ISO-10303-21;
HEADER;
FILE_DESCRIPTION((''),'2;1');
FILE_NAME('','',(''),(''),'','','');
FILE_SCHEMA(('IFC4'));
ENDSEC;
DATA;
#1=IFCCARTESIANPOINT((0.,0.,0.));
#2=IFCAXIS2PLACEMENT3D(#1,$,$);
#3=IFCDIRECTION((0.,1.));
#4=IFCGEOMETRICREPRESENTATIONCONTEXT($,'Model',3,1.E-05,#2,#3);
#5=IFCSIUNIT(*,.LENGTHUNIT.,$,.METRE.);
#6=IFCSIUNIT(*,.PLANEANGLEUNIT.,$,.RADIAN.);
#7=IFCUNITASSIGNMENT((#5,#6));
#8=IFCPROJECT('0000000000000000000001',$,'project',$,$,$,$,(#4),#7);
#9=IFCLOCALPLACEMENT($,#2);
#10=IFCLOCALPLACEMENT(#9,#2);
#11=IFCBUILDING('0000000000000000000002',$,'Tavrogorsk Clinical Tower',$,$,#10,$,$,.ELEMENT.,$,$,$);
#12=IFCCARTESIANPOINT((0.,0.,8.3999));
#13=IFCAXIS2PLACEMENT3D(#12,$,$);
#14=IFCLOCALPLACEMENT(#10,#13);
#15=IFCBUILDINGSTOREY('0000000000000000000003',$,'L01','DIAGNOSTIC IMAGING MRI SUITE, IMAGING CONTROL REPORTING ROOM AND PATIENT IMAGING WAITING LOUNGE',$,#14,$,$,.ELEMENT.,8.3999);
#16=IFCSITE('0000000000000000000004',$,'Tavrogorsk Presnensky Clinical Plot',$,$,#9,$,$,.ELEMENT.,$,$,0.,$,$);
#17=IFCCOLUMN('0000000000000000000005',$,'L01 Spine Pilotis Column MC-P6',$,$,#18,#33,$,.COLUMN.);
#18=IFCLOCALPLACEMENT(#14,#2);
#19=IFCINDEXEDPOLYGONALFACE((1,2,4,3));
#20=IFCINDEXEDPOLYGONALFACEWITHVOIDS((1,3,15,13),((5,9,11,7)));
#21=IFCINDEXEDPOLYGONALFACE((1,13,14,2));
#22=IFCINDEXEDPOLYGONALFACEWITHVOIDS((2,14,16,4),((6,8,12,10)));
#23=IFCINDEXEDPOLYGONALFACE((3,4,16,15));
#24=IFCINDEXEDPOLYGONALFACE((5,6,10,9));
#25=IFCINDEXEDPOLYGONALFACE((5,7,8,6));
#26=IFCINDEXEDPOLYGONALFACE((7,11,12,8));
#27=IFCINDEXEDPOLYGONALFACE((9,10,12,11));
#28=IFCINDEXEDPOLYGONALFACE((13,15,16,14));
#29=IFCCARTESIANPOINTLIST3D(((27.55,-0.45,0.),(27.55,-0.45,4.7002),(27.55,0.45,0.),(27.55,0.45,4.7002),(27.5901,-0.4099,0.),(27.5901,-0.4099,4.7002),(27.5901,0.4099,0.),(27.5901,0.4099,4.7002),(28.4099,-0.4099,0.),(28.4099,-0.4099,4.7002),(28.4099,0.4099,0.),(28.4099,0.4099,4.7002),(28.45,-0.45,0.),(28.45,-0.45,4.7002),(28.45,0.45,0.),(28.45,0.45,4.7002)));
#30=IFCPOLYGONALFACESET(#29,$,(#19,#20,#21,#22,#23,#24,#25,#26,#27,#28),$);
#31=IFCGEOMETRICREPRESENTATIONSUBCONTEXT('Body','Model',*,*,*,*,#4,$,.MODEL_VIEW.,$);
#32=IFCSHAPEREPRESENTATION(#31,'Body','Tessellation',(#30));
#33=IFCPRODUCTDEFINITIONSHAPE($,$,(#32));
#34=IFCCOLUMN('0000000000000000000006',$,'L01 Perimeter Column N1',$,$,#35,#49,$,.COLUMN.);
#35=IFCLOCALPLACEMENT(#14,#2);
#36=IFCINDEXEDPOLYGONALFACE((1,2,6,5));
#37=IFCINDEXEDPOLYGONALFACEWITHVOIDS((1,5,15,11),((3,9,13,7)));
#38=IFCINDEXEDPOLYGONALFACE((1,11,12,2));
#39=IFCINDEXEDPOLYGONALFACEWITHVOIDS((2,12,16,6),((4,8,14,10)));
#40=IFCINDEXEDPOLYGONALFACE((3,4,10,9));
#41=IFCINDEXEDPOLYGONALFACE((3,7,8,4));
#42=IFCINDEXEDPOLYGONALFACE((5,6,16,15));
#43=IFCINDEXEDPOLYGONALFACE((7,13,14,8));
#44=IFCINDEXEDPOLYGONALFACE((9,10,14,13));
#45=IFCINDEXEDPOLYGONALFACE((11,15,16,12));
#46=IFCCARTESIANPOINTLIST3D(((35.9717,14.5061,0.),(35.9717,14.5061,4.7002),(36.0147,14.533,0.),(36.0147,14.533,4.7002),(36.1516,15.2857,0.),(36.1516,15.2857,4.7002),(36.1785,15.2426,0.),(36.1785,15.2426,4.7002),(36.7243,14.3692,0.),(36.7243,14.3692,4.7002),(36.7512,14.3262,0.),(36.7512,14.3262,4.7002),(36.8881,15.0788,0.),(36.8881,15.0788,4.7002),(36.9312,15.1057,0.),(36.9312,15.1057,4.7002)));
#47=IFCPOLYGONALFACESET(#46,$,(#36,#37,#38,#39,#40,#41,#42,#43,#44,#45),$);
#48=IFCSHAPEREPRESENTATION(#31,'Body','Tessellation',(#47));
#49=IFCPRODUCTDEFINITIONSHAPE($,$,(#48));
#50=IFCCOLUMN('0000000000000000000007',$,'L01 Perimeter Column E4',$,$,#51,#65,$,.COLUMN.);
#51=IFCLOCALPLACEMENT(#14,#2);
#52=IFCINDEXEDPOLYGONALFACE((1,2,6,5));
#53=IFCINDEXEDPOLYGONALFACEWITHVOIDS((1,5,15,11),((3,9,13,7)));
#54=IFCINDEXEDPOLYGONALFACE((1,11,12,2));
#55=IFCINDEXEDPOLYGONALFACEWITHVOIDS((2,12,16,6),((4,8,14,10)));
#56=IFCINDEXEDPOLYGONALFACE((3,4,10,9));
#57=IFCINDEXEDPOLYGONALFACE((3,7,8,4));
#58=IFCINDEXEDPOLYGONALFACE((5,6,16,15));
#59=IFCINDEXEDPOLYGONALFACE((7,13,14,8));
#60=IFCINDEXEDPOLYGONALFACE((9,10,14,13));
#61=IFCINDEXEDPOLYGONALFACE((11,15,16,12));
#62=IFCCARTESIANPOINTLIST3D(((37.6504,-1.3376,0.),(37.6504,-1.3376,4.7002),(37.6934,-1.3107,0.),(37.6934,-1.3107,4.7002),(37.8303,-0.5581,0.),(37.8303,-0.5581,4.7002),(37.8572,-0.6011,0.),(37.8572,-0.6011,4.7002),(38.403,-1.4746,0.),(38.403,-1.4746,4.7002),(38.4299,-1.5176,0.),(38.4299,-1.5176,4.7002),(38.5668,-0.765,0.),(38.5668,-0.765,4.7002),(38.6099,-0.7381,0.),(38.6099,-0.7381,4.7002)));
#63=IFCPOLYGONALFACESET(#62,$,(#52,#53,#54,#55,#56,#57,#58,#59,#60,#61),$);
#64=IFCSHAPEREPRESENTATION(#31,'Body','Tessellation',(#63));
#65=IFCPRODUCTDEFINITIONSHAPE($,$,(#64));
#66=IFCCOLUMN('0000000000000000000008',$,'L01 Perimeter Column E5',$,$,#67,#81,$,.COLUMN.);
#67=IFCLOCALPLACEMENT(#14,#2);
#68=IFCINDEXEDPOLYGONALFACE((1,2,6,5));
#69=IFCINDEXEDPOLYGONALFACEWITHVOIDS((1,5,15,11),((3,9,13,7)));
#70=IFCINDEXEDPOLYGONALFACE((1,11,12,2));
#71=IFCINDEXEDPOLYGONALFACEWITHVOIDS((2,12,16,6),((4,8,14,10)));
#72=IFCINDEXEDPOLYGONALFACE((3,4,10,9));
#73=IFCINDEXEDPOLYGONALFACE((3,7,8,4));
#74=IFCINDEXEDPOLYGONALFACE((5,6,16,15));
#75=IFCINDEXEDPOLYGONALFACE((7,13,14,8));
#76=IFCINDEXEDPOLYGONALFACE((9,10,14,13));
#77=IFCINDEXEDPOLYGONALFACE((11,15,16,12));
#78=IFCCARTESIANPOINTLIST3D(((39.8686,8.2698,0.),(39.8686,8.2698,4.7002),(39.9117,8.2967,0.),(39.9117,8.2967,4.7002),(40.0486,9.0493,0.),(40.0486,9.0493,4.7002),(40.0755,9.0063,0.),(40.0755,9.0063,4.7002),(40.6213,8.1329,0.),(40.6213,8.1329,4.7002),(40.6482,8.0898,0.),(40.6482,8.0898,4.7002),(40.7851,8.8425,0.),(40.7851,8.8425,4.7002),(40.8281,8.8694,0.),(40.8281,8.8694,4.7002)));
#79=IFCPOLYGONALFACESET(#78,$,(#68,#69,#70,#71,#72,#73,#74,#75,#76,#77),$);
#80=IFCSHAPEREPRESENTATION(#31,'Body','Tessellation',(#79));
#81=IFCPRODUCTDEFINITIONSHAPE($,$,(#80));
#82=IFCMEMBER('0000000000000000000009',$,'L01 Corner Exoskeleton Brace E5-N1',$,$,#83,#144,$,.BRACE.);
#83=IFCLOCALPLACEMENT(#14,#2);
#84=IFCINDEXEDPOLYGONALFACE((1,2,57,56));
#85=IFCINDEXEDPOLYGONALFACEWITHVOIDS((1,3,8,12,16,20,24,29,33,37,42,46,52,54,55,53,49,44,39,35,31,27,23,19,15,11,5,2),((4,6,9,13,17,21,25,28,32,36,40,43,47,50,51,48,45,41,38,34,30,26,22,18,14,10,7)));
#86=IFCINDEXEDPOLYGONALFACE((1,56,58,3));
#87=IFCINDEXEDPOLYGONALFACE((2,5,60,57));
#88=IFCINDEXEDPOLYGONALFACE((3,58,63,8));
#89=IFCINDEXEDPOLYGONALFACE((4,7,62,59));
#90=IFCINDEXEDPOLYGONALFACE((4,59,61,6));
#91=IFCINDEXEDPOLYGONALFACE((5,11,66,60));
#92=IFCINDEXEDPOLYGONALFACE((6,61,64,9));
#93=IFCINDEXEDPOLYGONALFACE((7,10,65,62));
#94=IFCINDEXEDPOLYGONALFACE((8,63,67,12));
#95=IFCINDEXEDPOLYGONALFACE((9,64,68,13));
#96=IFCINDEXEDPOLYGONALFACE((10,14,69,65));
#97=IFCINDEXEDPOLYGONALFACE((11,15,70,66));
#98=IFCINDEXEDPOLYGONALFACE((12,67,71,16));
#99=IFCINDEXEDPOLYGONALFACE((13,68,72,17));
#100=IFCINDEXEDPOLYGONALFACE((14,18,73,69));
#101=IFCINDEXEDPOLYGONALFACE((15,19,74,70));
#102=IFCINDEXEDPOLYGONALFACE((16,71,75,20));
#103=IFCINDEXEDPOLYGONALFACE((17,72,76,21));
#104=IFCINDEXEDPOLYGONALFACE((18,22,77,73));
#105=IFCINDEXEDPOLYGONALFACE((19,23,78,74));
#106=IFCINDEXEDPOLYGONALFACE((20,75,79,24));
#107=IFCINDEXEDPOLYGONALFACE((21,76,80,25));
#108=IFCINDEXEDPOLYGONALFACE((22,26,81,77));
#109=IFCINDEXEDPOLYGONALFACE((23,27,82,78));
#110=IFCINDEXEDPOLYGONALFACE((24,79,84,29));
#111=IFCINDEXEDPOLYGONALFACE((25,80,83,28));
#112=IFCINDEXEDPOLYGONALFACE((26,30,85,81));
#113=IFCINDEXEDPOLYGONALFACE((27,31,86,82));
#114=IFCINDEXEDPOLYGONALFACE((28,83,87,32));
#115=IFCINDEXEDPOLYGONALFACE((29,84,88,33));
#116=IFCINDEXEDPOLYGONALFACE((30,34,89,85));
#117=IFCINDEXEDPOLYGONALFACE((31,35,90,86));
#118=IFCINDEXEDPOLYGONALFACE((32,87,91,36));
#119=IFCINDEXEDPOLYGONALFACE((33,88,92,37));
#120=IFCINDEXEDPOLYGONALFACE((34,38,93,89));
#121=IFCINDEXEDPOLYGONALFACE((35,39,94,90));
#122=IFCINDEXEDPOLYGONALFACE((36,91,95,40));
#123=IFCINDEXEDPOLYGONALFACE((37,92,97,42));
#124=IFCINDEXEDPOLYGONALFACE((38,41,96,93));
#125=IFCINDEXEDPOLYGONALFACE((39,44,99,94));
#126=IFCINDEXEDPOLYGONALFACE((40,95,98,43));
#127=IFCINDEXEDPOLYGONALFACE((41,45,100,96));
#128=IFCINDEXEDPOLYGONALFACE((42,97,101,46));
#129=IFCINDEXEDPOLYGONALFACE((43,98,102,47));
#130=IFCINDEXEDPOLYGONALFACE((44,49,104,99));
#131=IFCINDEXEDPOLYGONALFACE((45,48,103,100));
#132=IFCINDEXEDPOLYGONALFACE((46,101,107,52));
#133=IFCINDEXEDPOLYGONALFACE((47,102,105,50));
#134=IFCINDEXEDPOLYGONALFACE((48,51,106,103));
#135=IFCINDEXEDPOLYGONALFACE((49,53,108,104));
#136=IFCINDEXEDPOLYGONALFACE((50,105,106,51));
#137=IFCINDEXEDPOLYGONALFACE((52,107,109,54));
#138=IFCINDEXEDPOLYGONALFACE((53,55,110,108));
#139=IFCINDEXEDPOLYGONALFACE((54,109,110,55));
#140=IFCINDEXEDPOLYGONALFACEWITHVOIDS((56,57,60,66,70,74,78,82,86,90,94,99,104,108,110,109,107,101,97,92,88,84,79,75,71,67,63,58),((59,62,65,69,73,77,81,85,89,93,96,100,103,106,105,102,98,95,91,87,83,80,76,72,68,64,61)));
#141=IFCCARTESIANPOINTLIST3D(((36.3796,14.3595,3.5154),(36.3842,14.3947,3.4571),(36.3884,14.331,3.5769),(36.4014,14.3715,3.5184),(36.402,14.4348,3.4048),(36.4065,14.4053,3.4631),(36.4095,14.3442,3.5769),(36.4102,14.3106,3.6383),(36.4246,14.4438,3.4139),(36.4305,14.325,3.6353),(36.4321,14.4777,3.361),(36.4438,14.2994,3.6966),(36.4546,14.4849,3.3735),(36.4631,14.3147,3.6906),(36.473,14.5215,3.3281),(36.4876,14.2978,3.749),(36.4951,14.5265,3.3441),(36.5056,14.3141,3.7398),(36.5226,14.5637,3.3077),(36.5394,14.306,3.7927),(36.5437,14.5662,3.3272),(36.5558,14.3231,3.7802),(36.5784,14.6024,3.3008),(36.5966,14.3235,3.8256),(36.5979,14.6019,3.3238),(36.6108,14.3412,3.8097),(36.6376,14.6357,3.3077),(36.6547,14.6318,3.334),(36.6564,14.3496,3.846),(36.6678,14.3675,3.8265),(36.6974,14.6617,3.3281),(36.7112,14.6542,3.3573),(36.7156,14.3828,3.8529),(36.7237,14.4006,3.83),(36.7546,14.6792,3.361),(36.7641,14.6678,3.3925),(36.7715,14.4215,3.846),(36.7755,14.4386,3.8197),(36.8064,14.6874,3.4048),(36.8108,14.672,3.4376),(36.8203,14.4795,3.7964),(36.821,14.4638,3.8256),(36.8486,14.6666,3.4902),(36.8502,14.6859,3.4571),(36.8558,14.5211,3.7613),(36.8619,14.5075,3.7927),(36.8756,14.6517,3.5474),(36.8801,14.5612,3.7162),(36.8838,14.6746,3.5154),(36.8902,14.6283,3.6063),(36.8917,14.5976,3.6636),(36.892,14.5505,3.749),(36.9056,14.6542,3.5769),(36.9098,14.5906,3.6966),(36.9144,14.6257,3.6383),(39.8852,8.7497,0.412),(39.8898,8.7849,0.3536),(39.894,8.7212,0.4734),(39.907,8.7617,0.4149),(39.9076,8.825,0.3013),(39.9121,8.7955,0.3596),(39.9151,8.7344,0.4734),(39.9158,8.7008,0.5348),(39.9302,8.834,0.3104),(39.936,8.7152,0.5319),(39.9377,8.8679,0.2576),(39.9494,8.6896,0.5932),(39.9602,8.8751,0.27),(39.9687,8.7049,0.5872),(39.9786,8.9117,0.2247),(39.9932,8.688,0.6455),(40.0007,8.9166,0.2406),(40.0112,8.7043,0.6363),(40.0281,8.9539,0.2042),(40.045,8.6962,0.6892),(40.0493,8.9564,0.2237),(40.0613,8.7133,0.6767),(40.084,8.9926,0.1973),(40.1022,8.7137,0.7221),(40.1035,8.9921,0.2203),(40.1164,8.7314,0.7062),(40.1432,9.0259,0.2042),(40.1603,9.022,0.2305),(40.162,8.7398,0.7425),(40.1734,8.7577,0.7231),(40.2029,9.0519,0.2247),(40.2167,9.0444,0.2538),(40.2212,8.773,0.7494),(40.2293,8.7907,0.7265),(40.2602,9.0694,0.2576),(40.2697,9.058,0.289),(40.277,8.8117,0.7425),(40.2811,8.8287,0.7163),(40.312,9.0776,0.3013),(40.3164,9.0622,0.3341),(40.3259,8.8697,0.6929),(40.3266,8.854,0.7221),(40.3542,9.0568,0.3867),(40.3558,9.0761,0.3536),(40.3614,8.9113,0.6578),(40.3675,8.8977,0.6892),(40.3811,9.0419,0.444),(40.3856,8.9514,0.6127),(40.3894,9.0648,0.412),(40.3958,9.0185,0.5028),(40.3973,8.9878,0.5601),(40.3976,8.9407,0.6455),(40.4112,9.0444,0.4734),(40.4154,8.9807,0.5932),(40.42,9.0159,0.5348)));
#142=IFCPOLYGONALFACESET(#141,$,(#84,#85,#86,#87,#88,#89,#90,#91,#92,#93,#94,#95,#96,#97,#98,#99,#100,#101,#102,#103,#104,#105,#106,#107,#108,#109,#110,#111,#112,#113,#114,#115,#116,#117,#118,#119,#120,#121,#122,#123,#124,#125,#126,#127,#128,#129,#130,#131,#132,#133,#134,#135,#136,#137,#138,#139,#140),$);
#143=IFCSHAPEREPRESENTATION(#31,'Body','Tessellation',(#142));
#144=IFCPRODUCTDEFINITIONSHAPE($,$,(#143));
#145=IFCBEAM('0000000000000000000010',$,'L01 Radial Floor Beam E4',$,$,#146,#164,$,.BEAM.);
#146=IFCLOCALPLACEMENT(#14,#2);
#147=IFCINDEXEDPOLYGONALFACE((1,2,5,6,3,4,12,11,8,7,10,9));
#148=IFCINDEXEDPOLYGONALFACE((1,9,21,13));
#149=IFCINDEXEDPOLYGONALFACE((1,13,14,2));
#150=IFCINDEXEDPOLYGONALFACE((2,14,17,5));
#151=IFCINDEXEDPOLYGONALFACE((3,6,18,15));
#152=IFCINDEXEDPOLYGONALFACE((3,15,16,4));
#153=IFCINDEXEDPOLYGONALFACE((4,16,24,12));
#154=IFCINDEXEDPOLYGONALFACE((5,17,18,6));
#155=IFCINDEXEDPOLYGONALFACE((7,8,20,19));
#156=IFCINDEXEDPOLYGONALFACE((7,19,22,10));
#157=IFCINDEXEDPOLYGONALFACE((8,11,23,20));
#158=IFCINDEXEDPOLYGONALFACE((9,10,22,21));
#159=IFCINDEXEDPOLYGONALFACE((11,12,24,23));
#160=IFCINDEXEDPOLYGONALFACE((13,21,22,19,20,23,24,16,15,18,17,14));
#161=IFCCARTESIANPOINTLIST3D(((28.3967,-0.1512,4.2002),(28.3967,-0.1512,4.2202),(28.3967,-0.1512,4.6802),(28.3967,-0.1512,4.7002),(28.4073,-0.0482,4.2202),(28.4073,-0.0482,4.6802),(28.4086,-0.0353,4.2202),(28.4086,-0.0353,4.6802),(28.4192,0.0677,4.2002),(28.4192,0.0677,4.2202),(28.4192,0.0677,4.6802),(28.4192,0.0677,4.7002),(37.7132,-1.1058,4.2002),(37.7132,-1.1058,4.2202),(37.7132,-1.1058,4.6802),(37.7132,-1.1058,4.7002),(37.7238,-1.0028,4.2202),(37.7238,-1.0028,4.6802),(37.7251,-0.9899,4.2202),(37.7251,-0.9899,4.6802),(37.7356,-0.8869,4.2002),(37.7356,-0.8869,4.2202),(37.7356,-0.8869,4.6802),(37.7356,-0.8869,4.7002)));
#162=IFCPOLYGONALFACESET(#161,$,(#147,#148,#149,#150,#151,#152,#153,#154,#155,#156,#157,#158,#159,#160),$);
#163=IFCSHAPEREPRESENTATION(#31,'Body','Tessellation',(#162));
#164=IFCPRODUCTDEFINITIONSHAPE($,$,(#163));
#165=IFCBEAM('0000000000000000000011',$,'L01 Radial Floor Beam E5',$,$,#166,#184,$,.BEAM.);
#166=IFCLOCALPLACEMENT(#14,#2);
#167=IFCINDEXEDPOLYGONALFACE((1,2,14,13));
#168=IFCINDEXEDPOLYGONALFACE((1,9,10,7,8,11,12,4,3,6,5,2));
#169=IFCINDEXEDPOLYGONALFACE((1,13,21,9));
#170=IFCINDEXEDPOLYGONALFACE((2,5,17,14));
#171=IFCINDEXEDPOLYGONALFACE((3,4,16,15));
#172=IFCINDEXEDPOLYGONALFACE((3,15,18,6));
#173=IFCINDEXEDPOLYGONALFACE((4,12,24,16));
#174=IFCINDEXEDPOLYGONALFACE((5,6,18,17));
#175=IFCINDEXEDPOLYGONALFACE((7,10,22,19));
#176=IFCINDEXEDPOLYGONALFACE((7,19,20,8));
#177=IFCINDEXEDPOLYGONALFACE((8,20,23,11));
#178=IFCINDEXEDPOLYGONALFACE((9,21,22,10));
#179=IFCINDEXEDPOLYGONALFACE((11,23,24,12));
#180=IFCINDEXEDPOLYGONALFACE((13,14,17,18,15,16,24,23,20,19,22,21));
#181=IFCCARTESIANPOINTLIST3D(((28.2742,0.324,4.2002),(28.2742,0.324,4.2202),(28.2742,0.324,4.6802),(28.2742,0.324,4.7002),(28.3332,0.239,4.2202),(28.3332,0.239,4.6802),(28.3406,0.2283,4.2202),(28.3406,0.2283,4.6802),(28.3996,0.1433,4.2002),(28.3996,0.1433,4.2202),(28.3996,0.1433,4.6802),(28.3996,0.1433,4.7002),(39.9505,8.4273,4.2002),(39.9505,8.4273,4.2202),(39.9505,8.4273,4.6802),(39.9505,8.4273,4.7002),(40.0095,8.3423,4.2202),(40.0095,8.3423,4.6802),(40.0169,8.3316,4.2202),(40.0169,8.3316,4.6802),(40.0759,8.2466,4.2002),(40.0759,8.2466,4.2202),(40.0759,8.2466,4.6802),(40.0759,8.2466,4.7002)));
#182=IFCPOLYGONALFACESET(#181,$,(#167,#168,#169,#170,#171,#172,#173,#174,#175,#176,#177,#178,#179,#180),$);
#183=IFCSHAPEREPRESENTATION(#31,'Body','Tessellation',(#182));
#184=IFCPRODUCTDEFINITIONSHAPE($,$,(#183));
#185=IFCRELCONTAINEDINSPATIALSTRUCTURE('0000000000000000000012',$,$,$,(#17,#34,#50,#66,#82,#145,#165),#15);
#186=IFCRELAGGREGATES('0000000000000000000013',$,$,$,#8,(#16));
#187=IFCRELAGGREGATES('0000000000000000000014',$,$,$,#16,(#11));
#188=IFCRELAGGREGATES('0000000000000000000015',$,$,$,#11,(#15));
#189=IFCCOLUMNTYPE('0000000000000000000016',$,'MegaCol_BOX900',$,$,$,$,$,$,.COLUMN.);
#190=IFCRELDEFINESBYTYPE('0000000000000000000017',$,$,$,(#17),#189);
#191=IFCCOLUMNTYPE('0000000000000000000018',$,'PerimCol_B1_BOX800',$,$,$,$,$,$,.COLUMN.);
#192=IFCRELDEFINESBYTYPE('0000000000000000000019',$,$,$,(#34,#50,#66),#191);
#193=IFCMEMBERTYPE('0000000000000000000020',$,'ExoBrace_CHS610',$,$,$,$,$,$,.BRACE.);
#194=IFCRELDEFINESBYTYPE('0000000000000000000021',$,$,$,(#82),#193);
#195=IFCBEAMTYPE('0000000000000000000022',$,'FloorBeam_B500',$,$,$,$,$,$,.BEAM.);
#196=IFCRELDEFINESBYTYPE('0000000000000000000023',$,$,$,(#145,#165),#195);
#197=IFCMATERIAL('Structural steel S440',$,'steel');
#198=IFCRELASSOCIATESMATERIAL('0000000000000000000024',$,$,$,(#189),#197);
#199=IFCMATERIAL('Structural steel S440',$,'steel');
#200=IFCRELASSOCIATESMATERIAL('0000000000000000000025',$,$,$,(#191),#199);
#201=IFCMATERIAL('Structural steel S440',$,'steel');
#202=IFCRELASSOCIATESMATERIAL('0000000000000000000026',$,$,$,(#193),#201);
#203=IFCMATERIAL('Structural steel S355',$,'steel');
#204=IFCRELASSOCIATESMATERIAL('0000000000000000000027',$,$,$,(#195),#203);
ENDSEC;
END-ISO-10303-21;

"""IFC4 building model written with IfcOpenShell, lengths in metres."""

from ifc_helpers import new_model, si_unit, direction, frame, origin, origin_2d, place, context, subcontext, project, spatial, hollow_rectangle, hollow_circle, i_section, extrude, material, material_profile, profile_set, type_object, element, save


model = new_model("IFC4")

# Units and contexts
model_context = context("Model", 3, precision=1e-05, world=origin(), true_north=direction((0.0, 1.0)))
body_context = subcontext(model_context, "Body", "Model", "MODEL_VIEW")
ifc_project = project(units=[si_unit("LENGTHUNIT", "METRE"), si_unit("PLANEANGLEUNIT", "RADIAN")], contexts=[model_context])

# Site, building, storey
site_placement = place(None, origin())
site = spatial("IfcSite", under=ifc_project, at=site_placement, Name="Tavrogorsk Presnensky Clinical Plot", CompositionType="ELEMENT", RefElevation=0.0)
building_placement = place(site_placement, origin())
building = spatial("IfcBuilding", under=site, at=building_placement, Name="Tavrogorsk Clinical Tower", CompositionType="ELEMENT")
storey_placement = place(building_placement, frame((0.0, 0.0, 8.3999)))
storey = spatial("IfcBuildingStorey", under=building, at=storey_placement, Name="L01", Description="DIAGNOSTIC IMAGING MRI SUITE, IMAGING CONTROL REPORTING ROOM AND PATIENT IMAGING WAITING LOUNGE", CompositionType="ELEMENT", Elevation=8.3999)

# Columns
ifc_material_1 = material(Name="Structural steel S440", Category="steel")
ifc_material_profile_1 = material_profile(ifc_material_1, hollow_rectangle(XDim=0.8999, YDim=0.8999, WallThickness=0.04, at=origin_2d()), Name="BOX-900x900x40")
ifc_profile_set_1 = profile_set([ifc_material_profile_1], Name="Structural steel S440")
column_type_1 = type_object("IfcColumnType", Name="MegaCol_BOX900", PredefinedType="COLUMN", material=ifc_profile_set_1)
column_placement = place(storey_placement, frame((28.0, 0.0, 0.0), z_axis=(0.0, 0.0, 1.0), x_axis=(1.0, 0.0, 0.0)))
element("IfcColumn", 1, at=column_placement, inside=storey, type_object=column_type_1, Name="L01 Spine Pilotis Column MC-P6", PredefinedType="COLUMN", context=body_context, shape_type="SweptSolid", body=[
    extrude(hollow_rectangle(XDim=0.8999, YDim=0.8999, WallThickness=0.04, at=origin_2d()), origin(), (0.0, 0.0, 1.0), 4.7002),
])
ifc_material_2 = material(Name="Structural steel S440", Category="steel")
ifc_material_profile_2 = material_profile(ifc_material_2, hollow_rectangle(XDim=0.8, YDim=0.8, WallThickness=0.0359, at=origin_2d()), Name="BOX-800x800x36")
ifc_profile_set_2 = profile_set([ifc_material_profile_2], Name="Structural steel S440")
column_type_2 = type_object("IfcColumnType", Name="PerimCol_B1_BOX800", PredefinedType="COLUMN", material=ifc_profile_set_2)
for number, where, z_axis, x_axis, name in (
    (2, (36.4514, 14.8059, 0.0), (0.0, 0.0, 1.0), (0.97437, -0.224951, 0.0), "L01 Perimeter Column N1"),
    (3, (38.1301, -1.0378, 0.0), (0.0, 0.0, 1.0), (0.97437, -0.224951, 0.0), "L01 Perimeter Column E4"),
    (4, (40.3484, 8.5696, 0.0), (0.0, 0.0, 1.0), (0.97437, -0.224951, 0.0), "L01 Perimeter Column E5"),
):
    element("IfcColumn", number, at=place(storey_placement, frame(where, z_axis=z_axis, x_axis=x_axis)), inside=storey, type_object=column_type_2, Name=name, PredefinedType="COLUMN", context=body_context, shape_type="SweptSolid", body=[
        extrude(hollow_rectangle(XDim=0.8, YDim=0.8, WallThickness=0.0359, at=origin_2d()), origin(), (0.0, 0.0, 1.0), 4.7002),
    ])

# Member
ifc_material_3 = material(Name="Structural steel S440", Category="steel")
ifc_material_profile_3 = material_profile(ifc_material_3, hollow_circle(Radius=0.3049, WallThickness=0.0249, at=origin_2d()), Name="CHS-610x25")
ifc_profile_set_3 = profile_set([ifc_material_profile_3], Name="Structural steel S440")
member_type_1 = type_object("IfcMemberType", Name="ExoBrace_CHS610", PredefinedType="BRACE", material=ifc_profile_set_3)
member_placement = place(storey_placement, frame((40.1526, 8.8828, 0.4734), z_axis=(-0.479764, 0.767742, 0.424734), x_axis=(-0.848036, -0.529939, 0.0)))
element("IfcMember", 5, at=member_placement, inside=storey, type_object=member_type_1, Name="L01 Corner Exoskeleton Brace E5-N1", PredefinedType="BRACE", context=body_context, shape_type="SweptSolid", body=[
    extrude(hollow_circle(Radius=0.3049, WallThickness=0.0249, at=origin_2d()), origin(), (0.0, 0.0, 1.0), 7.3069),
])

# Beams
ifc_material_4 = material(Name="Structural steel S355", Category="steel")
ifc_material_profile_4 = material_profile(ifc_material_4, i_section(OverallWidth=0.22, OverallDepth=0.5, WebThickness=0.0129, FlangeThickness=0.02, at=origin_2d()), Name="B-500x220x13x20")
ifc_profile_set_4 = profile_set([ifc_material_profile_4], Name="Structural steel S355")
beam_type_1 = type_object("IfcBeamType", Name="FloorBeam_B500", PredefinedType="BEAM", material=ifc_profile_set_4)
beam_1_placement = place(storey_placement, frame((28.408, -0.0417, 4.4502), z_axis=(0.994792, -0.10193, 0.0), x_axis=(0.10193, 0.994792, 0.0)))
element("IfcBeam", 6, at=beam_1_placement, inside=storey, type_object=beam_type_1, Name="L01 Radial Floor Beam E4", PredefinedType="BEAM", context=body_context, shape_type="SweptSolid", body=[
    extrude(i_section(OverallWidth=0.22, OverallDepth=0.5, WebThickness=0.0129, FlangeThickness=0.02, at=origin_2d()), origin(), (0.0, 0.0, 1.0), 9.3652),
])
beam_2_placement = place(storey_placement, frame((28.3369, 0.2336, 4.4502), z_axis=(0.821543, 0.570147, 0.0), x_axis=(-0.570147, 0.821543, 0.0)))
element("IfcBeam", 7, at=beam_2_placement, inside=storey, type_object=beam_type_1, Name="L01 Radial Floor Beam E5", PredefinedType="BEAM", context=body_context, shape_type="SweptSolid", body=[
    extrude(i_section(OverallWidth=0.22, OverallDepth=0.5, WebThickness=0.0129, FlangeThickness=0.02, at=origin_2d()), origin(), (0.0, 0.0, 1.0), 14.2126),
])

save(model, "model.ifc")
